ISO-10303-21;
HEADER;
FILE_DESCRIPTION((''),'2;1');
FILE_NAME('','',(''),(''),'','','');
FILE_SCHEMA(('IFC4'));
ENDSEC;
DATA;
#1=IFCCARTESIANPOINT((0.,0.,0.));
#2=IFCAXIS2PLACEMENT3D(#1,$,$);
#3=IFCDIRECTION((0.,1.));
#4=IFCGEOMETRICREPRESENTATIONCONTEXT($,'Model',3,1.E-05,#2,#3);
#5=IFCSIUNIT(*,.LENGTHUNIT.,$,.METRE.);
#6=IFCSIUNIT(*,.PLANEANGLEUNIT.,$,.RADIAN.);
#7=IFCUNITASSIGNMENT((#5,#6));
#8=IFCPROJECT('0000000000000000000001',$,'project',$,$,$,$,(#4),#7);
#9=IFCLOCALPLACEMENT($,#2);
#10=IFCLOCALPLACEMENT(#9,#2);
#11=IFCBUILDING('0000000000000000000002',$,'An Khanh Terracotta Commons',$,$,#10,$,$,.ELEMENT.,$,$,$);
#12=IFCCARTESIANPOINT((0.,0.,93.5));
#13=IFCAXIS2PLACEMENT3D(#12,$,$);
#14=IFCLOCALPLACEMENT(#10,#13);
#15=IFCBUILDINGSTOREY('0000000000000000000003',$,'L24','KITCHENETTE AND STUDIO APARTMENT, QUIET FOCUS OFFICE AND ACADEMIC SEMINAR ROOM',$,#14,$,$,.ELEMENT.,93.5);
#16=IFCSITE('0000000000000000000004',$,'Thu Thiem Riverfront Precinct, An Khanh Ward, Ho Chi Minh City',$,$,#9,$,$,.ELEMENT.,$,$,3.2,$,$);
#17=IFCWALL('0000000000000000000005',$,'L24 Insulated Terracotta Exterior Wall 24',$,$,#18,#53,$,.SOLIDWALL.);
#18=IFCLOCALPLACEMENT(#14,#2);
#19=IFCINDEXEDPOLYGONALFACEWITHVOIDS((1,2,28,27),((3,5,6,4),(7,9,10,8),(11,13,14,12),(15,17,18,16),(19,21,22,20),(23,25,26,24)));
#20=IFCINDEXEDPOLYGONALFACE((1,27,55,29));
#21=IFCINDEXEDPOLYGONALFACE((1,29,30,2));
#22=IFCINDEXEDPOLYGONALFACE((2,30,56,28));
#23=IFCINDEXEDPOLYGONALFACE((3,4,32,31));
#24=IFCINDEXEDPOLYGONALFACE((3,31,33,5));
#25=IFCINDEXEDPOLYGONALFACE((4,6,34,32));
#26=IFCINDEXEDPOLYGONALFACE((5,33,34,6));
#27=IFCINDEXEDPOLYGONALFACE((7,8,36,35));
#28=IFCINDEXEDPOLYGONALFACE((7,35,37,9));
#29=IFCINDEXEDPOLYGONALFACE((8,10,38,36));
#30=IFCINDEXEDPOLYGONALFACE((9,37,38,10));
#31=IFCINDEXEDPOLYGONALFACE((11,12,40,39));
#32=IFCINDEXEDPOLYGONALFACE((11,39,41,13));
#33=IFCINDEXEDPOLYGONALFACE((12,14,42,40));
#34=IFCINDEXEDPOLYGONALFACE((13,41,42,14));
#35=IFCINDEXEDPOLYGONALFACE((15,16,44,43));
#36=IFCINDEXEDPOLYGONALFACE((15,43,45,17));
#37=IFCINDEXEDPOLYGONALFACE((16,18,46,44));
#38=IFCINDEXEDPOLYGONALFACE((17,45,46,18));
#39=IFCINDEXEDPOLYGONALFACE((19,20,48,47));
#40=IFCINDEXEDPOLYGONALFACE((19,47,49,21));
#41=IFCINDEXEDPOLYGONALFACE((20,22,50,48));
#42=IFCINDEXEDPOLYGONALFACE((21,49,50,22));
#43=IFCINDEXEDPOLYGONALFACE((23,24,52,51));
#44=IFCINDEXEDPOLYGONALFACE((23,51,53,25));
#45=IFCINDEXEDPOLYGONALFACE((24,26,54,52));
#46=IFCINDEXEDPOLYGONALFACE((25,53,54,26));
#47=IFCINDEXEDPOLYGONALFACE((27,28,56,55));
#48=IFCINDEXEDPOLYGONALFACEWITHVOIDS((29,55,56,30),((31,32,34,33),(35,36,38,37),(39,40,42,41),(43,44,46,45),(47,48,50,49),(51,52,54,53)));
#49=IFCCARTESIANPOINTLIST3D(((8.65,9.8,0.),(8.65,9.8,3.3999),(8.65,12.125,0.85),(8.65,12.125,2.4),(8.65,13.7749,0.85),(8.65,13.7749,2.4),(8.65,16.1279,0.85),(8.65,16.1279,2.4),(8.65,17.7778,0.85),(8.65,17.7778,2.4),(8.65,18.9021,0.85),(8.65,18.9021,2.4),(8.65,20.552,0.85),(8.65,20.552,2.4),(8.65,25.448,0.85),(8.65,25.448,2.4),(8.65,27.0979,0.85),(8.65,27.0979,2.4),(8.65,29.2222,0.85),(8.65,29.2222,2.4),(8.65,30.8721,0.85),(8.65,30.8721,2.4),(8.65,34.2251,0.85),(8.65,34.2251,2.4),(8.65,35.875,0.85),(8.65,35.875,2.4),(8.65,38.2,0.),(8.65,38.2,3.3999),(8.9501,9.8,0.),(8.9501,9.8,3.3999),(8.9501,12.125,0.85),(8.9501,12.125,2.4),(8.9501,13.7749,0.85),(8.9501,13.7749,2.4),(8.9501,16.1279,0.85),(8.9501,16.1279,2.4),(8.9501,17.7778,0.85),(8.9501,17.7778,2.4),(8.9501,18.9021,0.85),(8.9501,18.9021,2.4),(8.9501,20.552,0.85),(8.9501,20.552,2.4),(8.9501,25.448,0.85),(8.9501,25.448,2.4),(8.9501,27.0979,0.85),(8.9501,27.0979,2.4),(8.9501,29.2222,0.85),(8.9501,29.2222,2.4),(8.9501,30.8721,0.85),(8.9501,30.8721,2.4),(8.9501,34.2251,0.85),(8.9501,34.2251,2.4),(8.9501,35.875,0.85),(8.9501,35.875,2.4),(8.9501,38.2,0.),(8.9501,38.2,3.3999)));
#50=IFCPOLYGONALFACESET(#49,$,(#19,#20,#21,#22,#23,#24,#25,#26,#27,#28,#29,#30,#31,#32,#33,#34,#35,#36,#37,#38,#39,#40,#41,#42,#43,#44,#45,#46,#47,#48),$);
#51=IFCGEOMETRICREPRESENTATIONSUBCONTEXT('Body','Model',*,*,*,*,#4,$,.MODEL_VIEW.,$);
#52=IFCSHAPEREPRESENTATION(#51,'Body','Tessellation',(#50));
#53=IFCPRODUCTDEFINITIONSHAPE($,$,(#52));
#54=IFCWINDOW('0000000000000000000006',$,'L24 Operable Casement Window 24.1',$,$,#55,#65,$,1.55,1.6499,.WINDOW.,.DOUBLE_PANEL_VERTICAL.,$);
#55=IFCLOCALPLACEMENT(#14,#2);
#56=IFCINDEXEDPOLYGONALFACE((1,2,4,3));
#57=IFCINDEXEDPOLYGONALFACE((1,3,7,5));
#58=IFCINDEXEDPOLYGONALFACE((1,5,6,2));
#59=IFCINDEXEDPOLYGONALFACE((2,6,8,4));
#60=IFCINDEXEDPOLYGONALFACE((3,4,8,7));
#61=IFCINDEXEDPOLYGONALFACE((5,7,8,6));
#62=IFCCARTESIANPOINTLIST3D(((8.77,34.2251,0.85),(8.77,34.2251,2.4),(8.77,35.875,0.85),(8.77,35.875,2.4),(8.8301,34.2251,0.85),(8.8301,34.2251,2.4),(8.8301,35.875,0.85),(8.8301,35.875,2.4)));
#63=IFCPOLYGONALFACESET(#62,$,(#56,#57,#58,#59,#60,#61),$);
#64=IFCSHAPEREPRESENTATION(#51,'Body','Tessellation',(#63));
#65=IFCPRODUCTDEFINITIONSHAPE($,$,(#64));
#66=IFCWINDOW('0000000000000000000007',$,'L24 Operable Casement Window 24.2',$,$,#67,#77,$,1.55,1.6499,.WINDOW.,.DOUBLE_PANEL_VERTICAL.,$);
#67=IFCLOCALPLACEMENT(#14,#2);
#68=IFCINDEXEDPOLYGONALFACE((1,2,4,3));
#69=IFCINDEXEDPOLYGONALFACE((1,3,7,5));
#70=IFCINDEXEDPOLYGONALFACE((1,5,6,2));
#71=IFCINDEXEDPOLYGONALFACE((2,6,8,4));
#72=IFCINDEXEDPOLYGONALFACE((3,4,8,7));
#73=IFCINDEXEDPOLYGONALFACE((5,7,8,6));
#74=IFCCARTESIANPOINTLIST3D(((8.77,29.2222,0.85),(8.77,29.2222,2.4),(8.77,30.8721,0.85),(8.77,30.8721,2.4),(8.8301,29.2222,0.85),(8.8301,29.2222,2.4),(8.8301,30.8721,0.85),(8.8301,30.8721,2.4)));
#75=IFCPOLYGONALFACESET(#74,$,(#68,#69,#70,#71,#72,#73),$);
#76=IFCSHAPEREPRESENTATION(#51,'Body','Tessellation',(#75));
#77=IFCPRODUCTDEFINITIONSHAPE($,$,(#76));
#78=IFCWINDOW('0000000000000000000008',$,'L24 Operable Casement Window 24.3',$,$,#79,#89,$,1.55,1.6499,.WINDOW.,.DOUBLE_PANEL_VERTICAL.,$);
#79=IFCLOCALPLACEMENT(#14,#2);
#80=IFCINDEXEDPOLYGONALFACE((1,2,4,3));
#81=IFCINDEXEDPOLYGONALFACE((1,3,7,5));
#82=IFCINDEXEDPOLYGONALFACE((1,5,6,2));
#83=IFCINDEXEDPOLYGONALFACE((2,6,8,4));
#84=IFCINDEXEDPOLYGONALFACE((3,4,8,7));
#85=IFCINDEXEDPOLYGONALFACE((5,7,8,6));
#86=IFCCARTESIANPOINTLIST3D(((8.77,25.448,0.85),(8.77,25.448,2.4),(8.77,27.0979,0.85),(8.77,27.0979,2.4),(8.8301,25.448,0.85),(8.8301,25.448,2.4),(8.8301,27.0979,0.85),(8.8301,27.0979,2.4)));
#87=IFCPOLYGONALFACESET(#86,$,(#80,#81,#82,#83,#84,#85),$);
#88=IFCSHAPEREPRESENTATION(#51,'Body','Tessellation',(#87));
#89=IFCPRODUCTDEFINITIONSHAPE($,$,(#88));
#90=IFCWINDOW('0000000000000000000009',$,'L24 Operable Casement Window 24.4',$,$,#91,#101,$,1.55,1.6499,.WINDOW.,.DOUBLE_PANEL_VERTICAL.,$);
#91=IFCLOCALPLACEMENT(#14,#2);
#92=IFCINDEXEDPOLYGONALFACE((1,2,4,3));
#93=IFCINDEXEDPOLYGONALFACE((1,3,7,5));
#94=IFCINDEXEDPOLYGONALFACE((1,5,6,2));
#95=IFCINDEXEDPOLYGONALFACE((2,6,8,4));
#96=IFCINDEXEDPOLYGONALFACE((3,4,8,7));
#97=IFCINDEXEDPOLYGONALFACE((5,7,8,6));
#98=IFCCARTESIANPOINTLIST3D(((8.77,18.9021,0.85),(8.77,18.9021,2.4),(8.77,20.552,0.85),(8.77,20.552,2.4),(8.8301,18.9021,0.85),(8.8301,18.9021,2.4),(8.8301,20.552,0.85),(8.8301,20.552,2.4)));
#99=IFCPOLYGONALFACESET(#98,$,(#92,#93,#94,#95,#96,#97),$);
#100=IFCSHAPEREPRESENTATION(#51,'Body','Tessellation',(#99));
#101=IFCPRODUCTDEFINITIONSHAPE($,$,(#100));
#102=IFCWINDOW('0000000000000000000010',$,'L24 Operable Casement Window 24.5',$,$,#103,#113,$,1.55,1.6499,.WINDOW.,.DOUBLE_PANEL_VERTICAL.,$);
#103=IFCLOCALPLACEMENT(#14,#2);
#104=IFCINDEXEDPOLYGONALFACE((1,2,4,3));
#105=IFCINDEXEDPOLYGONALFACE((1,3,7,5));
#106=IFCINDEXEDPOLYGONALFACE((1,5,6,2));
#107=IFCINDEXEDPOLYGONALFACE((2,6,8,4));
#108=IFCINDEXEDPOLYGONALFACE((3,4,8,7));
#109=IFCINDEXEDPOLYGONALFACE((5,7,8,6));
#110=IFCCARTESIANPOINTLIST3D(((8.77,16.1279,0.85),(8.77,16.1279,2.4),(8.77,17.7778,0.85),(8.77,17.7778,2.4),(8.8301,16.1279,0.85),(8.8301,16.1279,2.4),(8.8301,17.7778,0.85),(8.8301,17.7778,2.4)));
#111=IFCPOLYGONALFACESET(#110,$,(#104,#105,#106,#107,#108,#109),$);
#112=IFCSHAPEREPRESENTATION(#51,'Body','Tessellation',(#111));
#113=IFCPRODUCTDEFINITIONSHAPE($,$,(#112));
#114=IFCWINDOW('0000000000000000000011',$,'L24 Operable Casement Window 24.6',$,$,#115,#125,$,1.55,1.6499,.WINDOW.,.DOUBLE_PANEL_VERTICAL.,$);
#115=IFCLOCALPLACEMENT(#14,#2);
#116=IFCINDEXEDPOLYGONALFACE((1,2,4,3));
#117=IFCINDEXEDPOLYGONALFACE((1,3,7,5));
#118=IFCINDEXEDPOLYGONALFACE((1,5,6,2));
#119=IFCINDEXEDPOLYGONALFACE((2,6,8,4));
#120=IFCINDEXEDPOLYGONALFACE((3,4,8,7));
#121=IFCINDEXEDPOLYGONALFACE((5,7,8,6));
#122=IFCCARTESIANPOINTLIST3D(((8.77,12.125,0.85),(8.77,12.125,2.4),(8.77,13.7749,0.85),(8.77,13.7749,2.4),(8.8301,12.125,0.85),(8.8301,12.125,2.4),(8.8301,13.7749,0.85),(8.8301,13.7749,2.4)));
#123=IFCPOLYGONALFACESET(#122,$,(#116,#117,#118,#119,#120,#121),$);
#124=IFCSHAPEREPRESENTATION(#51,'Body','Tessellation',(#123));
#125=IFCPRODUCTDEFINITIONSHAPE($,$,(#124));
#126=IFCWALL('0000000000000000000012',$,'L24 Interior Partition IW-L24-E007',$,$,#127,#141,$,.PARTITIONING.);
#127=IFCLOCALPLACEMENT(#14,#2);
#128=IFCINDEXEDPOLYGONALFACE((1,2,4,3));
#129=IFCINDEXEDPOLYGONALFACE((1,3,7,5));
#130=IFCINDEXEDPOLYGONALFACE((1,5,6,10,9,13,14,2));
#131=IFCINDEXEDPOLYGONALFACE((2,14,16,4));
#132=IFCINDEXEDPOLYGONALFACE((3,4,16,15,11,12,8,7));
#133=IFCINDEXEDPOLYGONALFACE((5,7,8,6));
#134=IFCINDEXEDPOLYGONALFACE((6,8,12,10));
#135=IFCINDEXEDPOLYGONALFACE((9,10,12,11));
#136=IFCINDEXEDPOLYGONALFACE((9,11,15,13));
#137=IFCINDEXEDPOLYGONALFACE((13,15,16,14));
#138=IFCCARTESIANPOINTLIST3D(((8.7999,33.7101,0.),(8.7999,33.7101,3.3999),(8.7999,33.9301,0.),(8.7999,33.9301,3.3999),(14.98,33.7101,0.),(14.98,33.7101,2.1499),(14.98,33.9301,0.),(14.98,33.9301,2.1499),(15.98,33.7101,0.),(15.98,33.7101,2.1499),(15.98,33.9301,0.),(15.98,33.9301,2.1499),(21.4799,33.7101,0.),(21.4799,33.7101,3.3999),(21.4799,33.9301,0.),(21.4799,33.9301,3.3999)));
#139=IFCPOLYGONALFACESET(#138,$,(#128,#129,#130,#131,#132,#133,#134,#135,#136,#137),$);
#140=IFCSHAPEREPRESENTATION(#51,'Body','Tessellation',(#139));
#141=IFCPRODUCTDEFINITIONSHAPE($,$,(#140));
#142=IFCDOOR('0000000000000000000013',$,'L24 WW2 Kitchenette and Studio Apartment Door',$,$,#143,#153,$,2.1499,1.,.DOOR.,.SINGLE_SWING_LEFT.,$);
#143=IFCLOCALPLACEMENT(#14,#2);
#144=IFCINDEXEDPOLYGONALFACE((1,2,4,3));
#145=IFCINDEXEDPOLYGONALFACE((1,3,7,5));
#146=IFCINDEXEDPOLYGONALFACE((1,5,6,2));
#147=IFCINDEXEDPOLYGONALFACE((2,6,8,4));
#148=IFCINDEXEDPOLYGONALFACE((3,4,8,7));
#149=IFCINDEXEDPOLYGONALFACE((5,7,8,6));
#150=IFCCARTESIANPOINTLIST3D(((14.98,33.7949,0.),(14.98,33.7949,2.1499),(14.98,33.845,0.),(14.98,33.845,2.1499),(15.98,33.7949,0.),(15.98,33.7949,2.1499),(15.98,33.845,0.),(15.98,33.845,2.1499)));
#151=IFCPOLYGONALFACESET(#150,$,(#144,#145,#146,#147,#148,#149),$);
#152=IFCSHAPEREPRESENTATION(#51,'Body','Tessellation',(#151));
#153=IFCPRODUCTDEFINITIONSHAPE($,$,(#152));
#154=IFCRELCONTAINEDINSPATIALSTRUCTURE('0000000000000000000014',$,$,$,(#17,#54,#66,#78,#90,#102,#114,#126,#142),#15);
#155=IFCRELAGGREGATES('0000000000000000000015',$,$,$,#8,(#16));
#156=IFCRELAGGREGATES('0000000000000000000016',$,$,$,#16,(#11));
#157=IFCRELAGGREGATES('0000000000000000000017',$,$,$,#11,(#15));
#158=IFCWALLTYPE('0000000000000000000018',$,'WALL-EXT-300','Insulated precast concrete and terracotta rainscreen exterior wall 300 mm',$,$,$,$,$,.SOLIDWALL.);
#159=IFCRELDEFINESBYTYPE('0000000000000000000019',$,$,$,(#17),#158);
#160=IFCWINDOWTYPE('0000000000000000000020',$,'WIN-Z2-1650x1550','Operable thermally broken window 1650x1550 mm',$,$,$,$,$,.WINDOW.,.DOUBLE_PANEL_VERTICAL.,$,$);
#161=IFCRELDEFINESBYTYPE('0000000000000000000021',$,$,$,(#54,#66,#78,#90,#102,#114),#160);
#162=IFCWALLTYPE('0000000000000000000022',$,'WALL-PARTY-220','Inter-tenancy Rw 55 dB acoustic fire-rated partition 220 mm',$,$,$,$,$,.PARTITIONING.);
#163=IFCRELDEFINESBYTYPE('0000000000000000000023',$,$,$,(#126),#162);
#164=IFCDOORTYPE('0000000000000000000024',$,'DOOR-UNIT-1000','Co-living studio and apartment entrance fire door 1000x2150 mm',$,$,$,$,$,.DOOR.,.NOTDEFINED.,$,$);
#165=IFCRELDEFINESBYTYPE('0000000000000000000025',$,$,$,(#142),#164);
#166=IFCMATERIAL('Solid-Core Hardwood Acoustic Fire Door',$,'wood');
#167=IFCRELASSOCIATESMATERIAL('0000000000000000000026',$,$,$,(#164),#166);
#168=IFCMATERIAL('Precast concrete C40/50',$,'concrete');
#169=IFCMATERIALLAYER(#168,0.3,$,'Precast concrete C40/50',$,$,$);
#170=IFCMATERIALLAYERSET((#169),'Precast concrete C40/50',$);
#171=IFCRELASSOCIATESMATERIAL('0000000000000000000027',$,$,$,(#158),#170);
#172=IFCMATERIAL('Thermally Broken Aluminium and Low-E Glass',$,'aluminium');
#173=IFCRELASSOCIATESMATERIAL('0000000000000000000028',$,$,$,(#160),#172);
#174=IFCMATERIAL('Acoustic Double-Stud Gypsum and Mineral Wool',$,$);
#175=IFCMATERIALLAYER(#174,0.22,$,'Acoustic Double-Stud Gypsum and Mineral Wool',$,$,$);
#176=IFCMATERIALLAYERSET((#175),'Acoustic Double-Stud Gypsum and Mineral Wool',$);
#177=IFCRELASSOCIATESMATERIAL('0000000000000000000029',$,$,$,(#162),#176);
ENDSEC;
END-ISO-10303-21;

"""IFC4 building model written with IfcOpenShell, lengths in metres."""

from ifc_helpers import new_model, si_unit, direction, frame, frame_2d, origin, place, context, subcontext, project, spatial, rectangle, extrude, material, layer, layer_set, type_object, element, fill, save


model = new_model("IFC4")

# Units and contexts
model_context = context("Model", 3, precision=1e-05, world=origin(), true_north=direction((0.0, 1.0)))
body_context = subcontext(model_context, "Body", "Model", "MODEL_VIEW")
ifc_project = project(units=[si_unit("LENGTHUNIT", "METRE"), si_unit("PLANEANGLEUNIT", "RADIAN")], contexts=[model_context])

# Site, building, storey
site_placement = place(None, origin())
site = spatial("IfcSite", under=ifc_project, at=site_placement, Name="Thu Thiem Riverfront Precinct, An Khanh Ward, Ho Chi Minh City", CompositionType="ELEMENT", RefElevation=3.2)
building_placement = place(site_placement, origin())
building = spatial("IfcBuilding", under=site, at=building_placement, Name="An Khanh Terracotta Commons", CompositionType="ELEMENT")
storey_placement = place(building_placement, frame((0.0, 0.0, 93.5)))
storey = spatial("IfcBuildingStorey", under=building, at=storey_placement, Name="L24", Description="KITCHENETTE AND STUDIO APARTMENT, QUIET FOCUS OFFICE AND ACADEMIC SEMINAR ROOM", CompositionType="ELEMENT", Elevation=93.5)

# Shared definitions
ifc_material_1 = material(Name="Solid-Core Hardwood Acoustic Fire Door", Category="wood")
door_type_1 = type_object("IfcDoorType", Name="DOOR-UNIT-1000", Description="Co-living studio and apartment entrance fire door 1000x2150 mm", OperationType="NOTDEFINED", PredefinedType="DOOR", material=ifc_material_1)

# Shared definitions
ifc_material_2 = material(Name="Precast concrete C40/50", Category="concrete")
ifc_layer_1 = layer(ifc_material_2, 0.3, Name="Precast concrete C40/50")
ifc_layer_set_1 = layer_set([ifc_layer_1], Name="Precast concrete C40/50")
wall_type_1 = type_object("IfcWallType", Name="WALL-EXT-300", Description="Insulated precast concrete and terracotta rainscreen exterior wall 300 mm", PredefinedType="SOLIDWALL", material=ifc_layer_set_1)

# Wall, openings, windows
wall_1_placement = place(storey_placement, frame((8.8, 38.2, 0.0), z_axis=(0.0, 0.0, 1.0), x_axis=(0.0, -1.0, 0.0)))
wall_1 = element("IfcWall", 1, at=wall_1_placement, inside=storey, type_object=wall_type_1, Name="L24 Insulated Terracotta Exterior Wall 24", PredefinedType="SOLIDWALL", context=body_context, shape_type="SweptSolid", body=[
    extrude(rectangle(XDim=28.3999, YDim=0.3, at=frame_2d((14.2, 0.0))), origin(), (0.0, 0.0, 1.0), 3.3999),
])
opening_1_placement = place(wall_1_placement, frame((2.325, 0.0, 0.8501)))
opening_1 = element("IfcOpeningElement", 2, at=opening_1_placement, cuts=wall_1, PredefinedType="OPENING", context=body_context, shape_type="SweptSolid", body=[
    extrude(rectangle(XDim=1.6499, YDim=1.55, at=frame_2d((0.825, 0.7749))), frame((0.0, 0.1599, 0.0), z_axis=(0.0, -1.0, 0.0), x_axis=(1.0, 0.0, 0.0)), (0.0, 0.0, 1.0), 0.3201),
])
opening_2_placement = place(wall_1_placement, frame((7.3279, 0.0, 0.8501)))
opening_2 = element("IfcOpeningElement", 3, at=opening_2_placement, cuts=wall_1, PredefinedType="OPENING", context=body_context, shape_type="SweptSolid", body=[
    extrude(rectangle(XDim=1.6499, YDim=1.55, at=frame_2d((0.825, 0.7749))), frame((0.0, 0.1599, 0.0), z_axis=(0.0, -1.0, 0.0), x_axis=(1.0, 0.0, 0.0)), (0.0, 0.0, 1.0), 0.3201),
])
opening_3_placement = place(wall_1_placement, frame((11.1021, 0.0, 0.8501)))
opening_3 = element("IfcOpeningElement", 4, at=opening_3_placement, cuts=wall_1, PredefinedType="OPENING", context=body_context, shape_type="SweptSolid", body=[
    extrude(rectangle(XDim=1.6499, YDim=1.55, at=frame_2d((0.825, 0.7749))), frame((0.0, 0.1599, 0.0), z_axis=(0.0, -1.0, 0.0), x_axis=(1.0, 0.0, 0.0)), (0.0, 0.0, 1.0), 0.3201),
])
opening_4_placement = place(wall_1_placement, frame((17.6479, 0.0, 0.8501)))
opening_4 = element("IfcOpeningElement", 5, at=opening_4_placement, cuts=wall_1, PredefinedType="OPENING", context=body_context, shape_type="SweptSolid", body=[
    extrude(rectangle(XDim=1.6499, YDim=1.55, at=frame_2d((0.825, 0.7749))), frame((0.0, 0.1599, 0.0), z_axis=(0.0, -1.0, 0.0), x_axis=(1.0, 0.0, 0.0)), (0.0, 0.0, 1.0), 0.3201),
])
opening_5_placement = place(wall_1_placement, frame((20.4221, 0.0, 0.8501)))
opening_5 = element("IfcOpeningElement", 6, at=opening_5_placement, cuts=wall_1, PredefinedType="OPENING", context=body_context, shape_type="SweptSolid", body=[
    extrude(rectangle(XDim=1.6499, YDim=1.55, at=frame_2d((0.825, 0.7749))), frame((0.0, 0.1599, 0.0), z_axis=(0.0, -1.0, 0.0), x_axis=(1.0, 0.0, 0.0)), (0.0, 0.0, 1.0), 0.3201),
])
opening_6_placement = place(wall_1_placement, frame((24.425, 0.0, 0.8501)))
opening_6 = element("IfcOpeningElement", 7, at=opening_6_placement, cuts=wall_1, PredefinedType="OPENING", context=body_context, shape_type="SweptSolid", body=[
    extrude(rectangle(XDim=1.6499, YDim=1.55, at=frame_2d((0.825, 0.7749))), frame((0.0, 0.1599, 0.0), z_axis=(0.0, -1.0, 0.0), x_axis=(1.0, 0.0, 0.0)), (0.0, 0.0, 1.0), 0.3201),
])
ifc_material_3 = material(Name="Thermally Broken Aluminium and Low-E Glass", Category="aluminium")
window_type = type_object("IfcWindowType", Name="WIN-Z2-1650x1550", Description="Operable thermally broken window 1650x1550 mm", PartitioningType="DOUBLE_PANEL_VERTICAL", PredefinedType="WINDOW", material=ifc_material_3)
window_1_placement = place(opening_1_placement, origin())
window_1 = element("IfcWindow", 8, at=window_1_placement, inside=storey, type_object=window_type, Name="L24 Operable Casement Window 24.1", OverallHeight=1.55, OverallWidth=1.6499, PartitioningType="DOUBLE_PANEL_VERTICAL", PredefinedType="WINDOW", context=body_context, shape_type="SweptSolid", body=[
    extrude(rectangle(XDim=1.6499, YDim=1.55, at=frame_2d((0.825, 0.7749))), frame((0.0, 0.03, 0.0), z_axis=(0.0, -1.0, 0.0), x_axis=(1.0, 0.0, 0.0)), (0.0, 0.0, 1.0), 0.0601),
])
fill(opening_1, window_1)
window_2_placement = place(opening_2_placement, origin())
window_2 = element("IfcWindow", 9, at=window_2_placement, inside=storey, type_object=window_type, Name="L24 Operable Casement Window 24.2", OverallHeight=1.55, OverallWidth=1.6499, PartitioningType="DOUBLE_PANEL_VERTICAL", PredefinedType="WINDOW", context=body_context, shape_type="SweptSolid", body=[
    extrude(rectangle(XDim=1.6499, YDim=1.55, at=frame_2d((0.825, 0.7749))), frame((0.0, 0.03, 0.0), z_axis=(0.0, -1.0, 0.0), x_axis=(1.0, 0.0, 0.0)), (0.0, 0.0, 1.0), 0.0601),
])
fill(opening_2, window_2)
window_3_placement = place(opening_3_placement, origin())
window_3 = element("IfcWindow", 10, at=window_3_placement, inside=storey, type_object=window_type, Name="L24 Operable Casement Window 24.3", OverallHeight=1.55, OverallWidth=1.6499, PartitioningType="DOUBLE_PANEL_VERTICAL", PredefinedType="WINDOW", context=body_context, shape_type="SweptSolid", body=[
    extrude(rectangle(XDim=1.6499, YDim=1.55, at=frame_2d((0.825, 0.7749))), frame((0.0, 0.03, 0.0), z_axis=(0.0, -1.0, 0.0), x_axis=(1.0, 0.0, 0.0)), (0.0, 0.0, 1.0), 0.0601),
])
fill(opening_3, window_3)
window_4_placement = place(opening_4_placement, origin())
window_4 = element("IfcWindow", 11, at=window_4_placement, inside=storey, type_object=window_type, Name="L24 Operable Casement Window 24.4", OverallHeight=1.55, OverallWidth=1.6499, PartitioningType="DOUBLE_PANEL_VERTICAL", PredefinedType="WINDOW", context=body_context, shape_type="SweptSolid", body=[
    extrude(rectangle(XDim=1.6499, YDim=1.55, at=frame_2d((0.825, 0.7749))), frame((0.0, 0.03, 0.0), z_axis=(0.0, -1.0, 0.0), x_axis=(1.0, 0.0, 0.0)), (0.0, 0.0, 1.0), 0.0601),
])
fill(opening_4, window_4)
window_5_placement = place(opening_5_placement, origin())
window_5 = element("IfcWindow", 12, at=window_5_placement, inside=storey, type_object=window_type, Name="L24 Operable Casement Window 24.5", OverallHeight=1.55, OverallWidth=1.6499, PartitioningType="DOUBLE_PANEL_VERTICAL", PredefinedType="WINDOW", context=body_context, shape_type="SweptSolid", body=[
    extrude(rectangle(XDim=1.6499, YDim=1.55, at=frame_2d((0.825, 0.7749))), frame((0.0, 0.03, 0.0), z_axis=(0.0, -1.0, 0.0), x_axis=(1.0, 0.0, 0.0)), (0.0, 0.0, 1.0), 0.0601),
])
fill(opening_5, window_5)
window_6_placement = place(opening_6_placement, origin())
window_6 = element("IfcWindow", 13, at=window_6_placement, inside=storey, type_object=window_type, Name="L24 Operable Casement Window 24.6", OverallHeight=1.55, OverallWidth=1.6499, PartitioningType="DOUBLE_PANEL_VERTICAL", PredefinedType="WINDOW", context=body_context, shape_type="SweptSolid", body=[
    extrude(rectangle(XDim=1.6499, YDim=1.55, at=frame_2d((0.825, 0.7749))), frame((0.0, 0.03, 0.0), z_axis=(0.0, -1.0, 0.0), x_axis=(1.0, 0.0, 0.0)), (0.0, 0.0, 1.0), 0.0601),
])
fill(opening_6, window_6)

# Wall, opening, door
ifc_material_4 = material(Name="Acoustic Double-Stud Gypsum and Mineral Wool")
ifc_layer_2 = layer(ifc_material_4, 0.22, Name="Acoustic Double-Stud Gypsum and Mineral Wool")
ifc_layer_set_2 = layer_set([ifc_layer_2], Name="Acoustic Double-Stud Gypsum and Mineral Wool")
wall_type_2 = type_object("IfcWallType", Name="WALL-PARTY-220", Description="Inter-tenancy Rw 55 dB acoustic fire-rated partition 220 mm", PredefinedType="PARTITIONING", material=ifc_layer_set_2)
wall_2_placement = place(storey_placement, frame((8.8, 33.8201, 0.0), z_axis=(0.0, 0.0, 1.0), x_axis=(1.0, 0.0, 0.0)))
wall_2 = element("IfcWall", 14, at=wall_2_placement, inside=storey, type_object=wall_type_2, Name="L24 Interior Partition IW-L24-E007", PredefinedType="PARTITIONING", context=body_context, shape_type="SweptSolid", body=[
    extrude(rectangle(XDim=12.6799, YDim=0.22, at=frame_2d((6.3398, 0.0))), origin(), (0.0, 0.0, 1.0), 3.3999),
])
opening_7_placement = place(wall_2_placement, frame((6.1799, 0.0, 0.0)))
opening_7 = element("IfcOpeningElement", 15, at=opening_7_placement, cuts=wall_2, PredefinedType="OPENING", context=body_context, shape_type="SweptSolid", body=[
    extrude(rectangle(XDim=1.0, YDim=2.1499, at=frame_2d((0.5, 1.075))), frame((0.0, 0.1199, 0.0), z_axis=(0.0, -1.0, 0.0), x_axis=(1.0, 0.0, 0.0)), (0.0, 0.0, 1.0), 0.24),
])
door_1_placement = place(opening_7_placement, origin())
door_1 = element("IfcDoor", 16, at=door_1_placement, inside=storey, type_object=door_type_1, Name="L24 WW2 Kitchenette and Studio Apartment Door", OperationType="SINGLE_SWING_LEFT", OverallHeight=2.1499, OverallWidth=1.0, PredefinedType="DOOR", context=body_context, shape_type="SweptSolid", body=[
    extrude(rectangle(XDim=1.0, YDim=2.1499, at=frame_2d((0.5, 1.075))), frame((0.0, 0.0249, 0.0), z_axis=(0.0, -1.0, 0.0), x_axis=(1.0, 0.0, 0.0)), (0.0, 0.0, 1.0), 0.05),
])
fill(opening_7, door_1)

save(model, "model.ifc")
